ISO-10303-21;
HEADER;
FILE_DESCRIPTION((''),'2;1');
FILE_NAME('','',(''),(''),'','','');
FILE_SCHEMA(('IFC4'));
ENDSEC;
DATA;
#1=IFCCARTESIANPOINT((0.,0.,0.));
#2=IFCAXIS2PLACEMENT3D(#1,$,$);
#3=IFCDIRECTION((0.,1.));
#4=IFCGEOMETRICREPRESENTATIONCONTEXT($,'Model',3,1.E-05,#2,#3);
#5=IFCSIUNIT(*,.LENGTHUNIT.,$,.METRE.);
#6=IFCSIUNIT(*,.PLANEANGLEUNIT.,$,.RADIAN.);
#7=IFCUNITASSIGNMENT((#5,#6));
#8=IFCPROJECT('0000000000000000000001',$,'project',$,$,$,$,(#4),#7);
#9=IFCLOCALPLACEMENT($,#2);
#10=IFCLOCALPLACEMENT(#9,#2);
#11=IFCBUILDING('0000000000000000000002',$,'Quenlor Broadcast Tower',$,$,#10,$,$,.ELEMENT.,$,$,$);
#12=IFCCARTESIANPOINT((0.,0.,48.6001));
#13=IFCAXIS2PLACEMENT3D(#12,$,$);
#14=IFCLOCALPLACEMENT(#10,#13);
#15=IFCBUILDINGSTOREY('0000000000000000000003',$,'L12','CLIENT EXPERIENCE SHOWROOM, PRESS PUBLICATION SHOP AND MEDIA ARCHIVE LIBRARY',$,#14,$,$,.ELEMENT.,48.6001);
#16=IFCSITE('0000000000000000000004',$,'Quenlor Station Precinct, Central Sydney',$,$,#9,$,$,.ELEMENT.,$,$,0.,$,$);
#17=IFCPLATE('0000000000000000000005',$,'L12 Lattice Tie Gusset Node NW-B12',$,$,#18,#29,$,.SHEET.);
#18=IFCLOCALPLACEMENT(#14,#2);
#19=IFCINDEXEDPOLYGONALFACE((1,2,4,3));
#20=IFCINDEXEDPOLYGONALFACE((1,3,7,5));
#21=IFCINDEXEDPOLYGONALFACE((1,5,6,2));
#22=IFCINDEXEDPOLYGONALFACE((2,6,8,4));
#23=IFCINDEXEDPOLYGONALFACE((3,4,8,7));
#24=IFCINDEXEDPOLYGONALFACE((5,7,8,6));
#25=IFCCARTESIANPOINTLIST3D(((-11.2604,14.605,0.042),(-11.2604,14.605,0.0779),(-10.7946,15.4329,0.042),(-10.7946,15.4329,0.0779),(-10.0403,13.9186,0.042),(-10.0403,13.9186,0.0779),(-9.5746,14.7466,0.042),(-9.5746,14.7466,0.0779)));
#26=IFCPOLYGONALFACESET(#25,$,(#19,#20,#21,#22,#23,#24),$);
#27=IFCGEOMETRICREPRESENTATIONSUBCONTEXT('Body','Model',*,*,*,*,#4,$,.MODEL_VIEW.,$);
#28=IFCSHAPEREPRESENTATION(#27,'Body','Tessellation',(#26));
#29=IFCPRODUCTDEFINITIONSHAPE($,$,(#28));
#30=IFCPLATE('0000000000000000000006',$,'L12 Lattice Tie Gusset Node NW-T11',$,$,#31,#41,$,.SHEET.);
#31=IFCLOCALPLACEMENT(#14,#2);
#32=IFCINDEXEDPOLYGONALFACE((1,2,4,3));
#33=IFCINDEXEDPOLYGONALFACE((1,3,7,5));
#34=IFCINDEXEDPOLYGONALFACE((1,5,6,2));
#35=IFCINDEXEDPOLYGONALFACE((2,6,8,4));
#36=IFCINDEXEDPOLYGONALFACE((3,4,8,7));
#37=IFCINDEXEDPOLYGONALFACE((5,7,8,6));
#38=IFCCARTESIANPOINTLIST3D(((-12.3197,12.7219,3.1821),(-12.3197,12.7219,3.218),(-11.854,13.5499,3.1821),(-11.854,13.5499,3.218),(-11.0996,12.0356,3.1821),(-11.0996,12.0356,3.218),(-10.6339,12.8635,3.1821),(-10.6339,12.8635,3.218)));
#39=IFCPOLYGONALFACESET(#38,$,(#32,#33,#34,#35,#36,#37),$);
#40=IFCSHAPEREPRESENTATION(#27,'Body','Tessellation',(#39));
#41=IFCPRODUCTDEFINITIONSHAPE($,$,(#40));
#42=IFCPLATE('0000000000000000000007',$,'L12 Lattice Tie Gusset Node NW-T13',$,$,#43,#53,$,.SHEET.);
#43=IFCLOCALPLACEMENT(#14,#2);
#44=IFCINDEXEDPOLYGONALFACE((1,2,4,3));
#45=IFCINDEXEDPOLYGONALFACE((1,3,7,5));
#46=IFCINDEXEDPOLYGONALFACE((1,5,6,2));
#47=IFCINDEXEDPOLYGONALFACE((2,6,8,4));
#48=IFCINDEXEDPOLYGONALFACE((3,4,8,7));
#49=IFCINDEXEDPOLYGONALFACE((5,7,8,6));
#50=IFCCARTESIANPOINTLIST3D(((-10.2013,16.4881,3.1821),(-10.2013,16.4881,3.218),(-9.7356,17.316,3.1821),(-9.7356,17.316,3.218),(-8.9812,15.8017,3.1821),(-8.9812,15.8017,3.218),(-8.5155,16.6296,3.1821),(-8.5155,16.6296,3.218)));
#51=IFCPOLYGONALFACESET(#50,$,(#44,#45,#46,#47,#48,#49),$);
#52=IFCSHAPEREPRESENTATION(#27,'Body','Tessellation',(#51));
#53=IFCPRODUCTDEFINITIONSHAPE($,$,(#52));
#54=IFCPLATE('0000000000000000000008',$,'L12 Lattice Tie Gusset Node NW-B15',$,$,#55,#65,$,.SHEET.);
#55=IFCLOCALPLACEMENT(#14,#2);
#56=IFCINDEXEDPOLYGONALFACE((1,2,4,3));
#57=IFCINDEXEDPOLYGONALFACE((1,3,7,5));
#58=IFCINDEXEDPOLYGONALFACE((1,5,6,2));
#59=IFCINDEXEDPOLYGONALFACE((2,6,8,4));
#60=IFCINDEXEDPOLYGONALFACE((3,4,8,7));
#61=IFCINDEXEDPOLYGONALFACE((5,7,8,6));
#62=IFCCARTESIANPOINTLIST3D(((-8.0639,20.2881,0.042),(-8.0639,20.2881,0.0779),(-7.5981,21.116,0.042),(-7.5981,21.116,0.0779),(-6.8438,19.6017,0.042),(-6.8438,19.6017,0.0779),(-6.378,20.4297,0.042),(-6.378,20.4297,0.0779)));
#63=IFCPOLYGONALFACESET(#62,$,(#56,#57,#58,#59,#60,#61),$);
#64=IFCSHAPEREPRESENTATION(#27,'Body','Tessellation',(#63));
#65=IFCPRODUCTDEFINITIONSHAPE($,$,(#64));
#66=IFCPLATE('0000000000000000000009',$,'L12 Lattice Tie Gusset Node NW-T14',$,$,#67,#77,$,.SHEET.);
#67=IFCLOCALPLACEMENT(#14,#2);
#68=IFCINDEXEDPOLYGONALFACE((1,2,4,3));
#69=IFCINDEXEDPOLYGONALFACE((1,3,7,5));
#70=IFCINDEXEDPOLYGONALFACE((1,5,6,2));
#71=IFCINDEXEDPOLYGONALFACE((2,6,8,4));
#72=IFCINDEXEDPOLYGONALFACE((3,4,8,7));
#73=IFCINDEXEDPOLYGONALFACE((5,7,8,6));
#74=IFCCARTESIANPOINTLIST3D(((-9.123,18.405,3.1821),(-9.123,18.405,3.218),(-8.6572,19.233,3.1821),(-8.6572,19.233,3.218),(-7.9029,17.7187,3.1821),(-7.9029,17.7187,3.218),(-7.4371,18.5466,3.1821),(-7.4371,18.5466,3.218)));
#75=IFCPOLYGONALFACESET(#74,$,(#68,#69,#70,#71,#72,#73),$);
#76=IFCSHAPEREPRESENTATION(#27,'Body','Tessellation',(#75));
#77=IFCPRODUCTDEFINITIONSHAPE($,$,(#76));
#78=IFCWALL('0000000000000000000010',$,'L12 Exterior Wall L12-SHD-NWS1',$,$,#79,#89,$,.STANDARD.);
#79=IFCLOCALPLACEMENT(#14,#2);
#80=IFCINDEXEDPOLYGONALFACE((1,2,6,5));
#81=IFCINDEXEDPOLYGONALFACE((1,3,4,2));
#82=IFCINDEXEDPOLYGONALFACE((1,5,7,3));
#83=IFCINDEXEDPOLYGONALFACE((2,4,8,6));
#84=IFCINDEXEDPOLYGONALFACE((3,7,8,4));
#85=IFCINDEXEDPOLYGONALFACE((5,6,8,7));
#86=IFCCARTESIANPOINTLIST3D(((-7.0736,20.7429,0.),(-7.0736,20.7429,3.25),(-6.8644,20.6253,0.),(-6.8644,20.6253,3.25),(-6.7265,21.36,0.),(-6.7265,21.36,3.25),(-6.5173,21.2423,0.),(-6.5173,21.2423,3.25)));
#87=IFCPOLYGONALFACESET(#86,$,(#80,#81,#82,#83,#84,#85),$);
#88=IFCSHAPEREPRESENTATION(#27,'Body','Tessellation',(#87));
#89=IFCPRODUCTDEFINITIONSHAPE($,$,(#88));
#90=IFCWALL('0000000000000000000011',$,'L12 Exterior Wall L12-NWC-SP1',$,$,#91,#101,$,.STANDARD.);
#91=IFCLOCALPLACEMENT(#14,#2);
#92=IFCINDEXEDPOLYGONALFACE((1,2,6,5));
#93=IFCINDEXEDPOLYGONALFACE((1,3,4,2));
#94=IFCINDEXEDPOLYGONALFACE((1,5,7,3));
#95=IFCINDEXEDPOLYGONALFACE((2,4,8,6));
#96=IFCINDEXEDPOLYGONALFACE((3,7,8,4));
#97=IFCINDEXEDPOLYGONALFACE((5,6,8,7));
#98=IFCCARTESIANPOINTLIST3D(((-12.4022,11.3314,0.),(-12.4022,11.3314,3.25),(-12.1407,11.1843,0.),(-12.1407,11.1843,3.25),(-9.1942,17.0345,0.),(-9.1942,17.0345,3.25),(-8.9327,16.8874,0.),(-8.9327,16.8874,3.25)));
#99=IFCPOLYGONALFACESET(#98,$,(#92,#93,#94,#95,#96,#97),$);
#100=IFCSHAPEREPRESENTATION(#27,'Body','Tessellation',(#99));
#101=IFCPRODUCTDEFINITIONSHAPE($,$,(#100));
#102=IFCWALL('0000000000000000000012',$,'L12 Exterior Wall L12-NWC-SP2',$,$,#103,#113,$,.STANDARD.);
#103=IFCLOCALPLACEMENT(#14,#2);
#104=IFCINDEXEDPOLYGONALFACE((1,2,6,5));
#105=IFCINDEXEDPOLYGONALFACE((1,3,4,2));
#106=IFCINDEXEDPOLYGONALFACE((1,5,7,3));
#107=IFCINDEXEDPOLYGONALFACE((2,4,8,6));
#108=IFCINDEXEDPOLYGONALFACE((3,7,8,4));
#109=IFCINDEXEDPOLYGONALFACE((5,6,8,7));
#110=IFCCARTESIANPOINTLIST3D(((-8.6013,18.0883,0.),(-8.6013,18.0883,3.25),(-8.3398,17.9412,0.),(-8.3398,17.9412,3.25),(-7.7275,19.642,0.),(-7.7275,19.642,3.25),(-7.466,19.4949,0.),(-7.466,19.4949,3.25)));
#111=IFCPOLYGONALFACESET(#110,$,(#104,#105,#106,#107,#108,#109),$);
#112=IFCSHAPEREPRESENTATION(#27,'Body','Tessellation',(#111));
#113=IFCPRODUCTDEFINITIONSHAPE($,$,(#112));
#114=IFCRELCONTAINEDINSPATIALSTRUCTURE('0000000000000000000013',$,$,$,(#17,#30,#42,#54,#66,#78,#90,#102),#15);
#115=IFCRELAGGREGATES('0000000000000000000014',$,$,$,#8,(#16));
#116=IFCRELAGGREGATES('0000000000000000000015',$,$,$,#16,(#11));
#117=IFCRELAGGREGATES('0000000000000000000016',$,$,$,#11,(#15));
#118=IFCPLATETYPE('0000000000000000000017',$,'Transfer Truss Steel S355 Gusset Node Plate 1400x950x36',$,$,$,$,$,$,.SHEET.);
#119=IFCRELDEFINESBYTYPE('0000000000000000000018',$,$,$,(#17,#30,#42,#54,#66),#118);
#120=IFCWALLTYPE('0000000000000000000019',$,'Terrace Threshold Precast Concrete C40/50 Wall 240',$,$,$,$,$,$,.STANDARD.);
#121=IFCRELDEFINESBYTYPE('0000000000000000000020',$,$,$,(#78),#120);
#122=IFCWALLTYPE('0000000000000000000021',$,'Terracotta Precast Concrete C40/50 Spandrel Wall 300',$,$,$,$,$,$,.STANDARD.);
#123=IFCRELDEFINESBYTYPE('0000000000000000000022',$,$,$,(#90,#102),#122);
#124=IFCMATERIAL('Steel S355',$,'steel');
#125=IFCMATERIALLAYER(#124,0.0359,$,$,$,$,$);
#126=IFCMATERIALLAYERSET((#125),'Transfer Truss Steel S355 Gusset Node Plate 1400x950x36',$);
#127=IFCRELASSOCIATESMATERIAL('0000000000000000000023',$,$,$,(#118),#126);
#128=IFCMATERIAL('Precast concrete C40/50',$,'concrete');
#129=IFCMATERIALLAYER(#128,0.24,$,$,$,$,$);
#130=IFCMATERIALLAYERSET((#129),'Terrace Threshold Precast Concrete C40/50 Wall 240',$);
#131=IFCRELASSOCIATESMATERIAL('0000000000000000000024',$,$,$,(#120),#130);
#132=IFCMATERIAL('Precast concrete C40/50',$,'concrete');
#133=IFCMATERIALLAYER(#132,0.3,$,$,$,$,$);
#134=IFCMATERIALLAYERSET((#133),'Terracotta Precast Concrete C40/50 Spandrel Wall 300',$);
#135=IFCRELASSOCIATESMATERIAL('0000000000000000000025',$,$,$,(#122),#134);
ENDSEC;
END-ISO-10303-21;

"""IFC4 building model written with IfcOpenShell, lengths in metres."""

from ifc_helpers import new_model, si_unit, direction, frame, frame_2d, origin, origin_2d, place, context, subcontext, project, spatial, rectangle, extrude, material, layer, layer_set, type_object, element, save


model = new_model("IFC4")

# Units and contexts
model_context = context("Model", 3, precision=1e-05, world=origin(), true_north=direction((0.0, 1.0)))
body_context = subcontext(model_context, "Body", "Model", "MODEL_VIEW")
ifc_project = project(units=[si_unit("LENGTHUNIT", "METRE"), si_unit("PLANEANGLEUNIT", "RADIAN")], contexts=[model_context])

# Site, building, storey
site_placement = place(None, origin())
site = spatial("IfcSite", under=ifc_project, at=site_placement, Name="Quenlor Station Precinct, Central Sydney", CompositionType="ELEMENT", RefElevation=0.0)
building_placement = place(site_placement, origin())
building = spatial("IfcBuilding", under=site, at=building_placement, Name="Quenlor Broadcast Tower", CompositionType="ELEMENT")
storey_placement = place(building_placement, frame((0.0, 0.0, 48.6001)))
storey = spatial("IfcBuildingStorey", under=building, at=storey_placement, Name="L12", Description="CLIENT EXPERIENCE SHOWROOM, PRESS PUBLICATION SHOP AND MEDIA ARCHIVE LIBRARY", CompositionType="ELEMENT", Elevation=48.6001)

# Plates
ifc_material_1 = material(Name="Steel S355", Category="steel")
ifc_layer_1 = layer(ifc_material_1, 0.0359)
ifc_layer_set_1 = layer_set([ifc_layer_1], Name="Transfer Truss Steel S355 Gusset Node Plate 1400x950x36")
plate_type_1 = type_object("IfcPlateType", Name="Transfer Truss Steel S355 Gusset Node Plate 1400x950x36", PredefinedType="SHEET", material=ifc_layer_set_1)
for number, where, z_axis, x_axis, name in (
    (1, (-10.4175, 14.6758, 0.042), (0.0, 0.0, 1.0), (-0.871556, 0.490295, 0.0), "L12 Lattice Tie Gusset Node NW-B12"),
    (2, (-11.4768, 12.7927, 3.1821), (0.0, 0.0, 1.0), (-0.871556, 0.490295, 0.0), "L12 Lattice Tie Gusset Node NW-T11"),
    (3, (-9.3584, 16.5588, 3.1821), (0.0, 0.0, 1.0), (-0.871556, 0.490295, 0.0), "L12 Lattice Tie Gusset Node NW-T13"),
    (4, (-7.2209, 20.3589, 0.042), (0.0, 0.0, 1.0), (-0.871556, 0.490295, 0.0), "L12 Lattice Tie Gusset Node NW-B15"),
    (5, (-8.28, 18.4758, 3.1821), (0.0, 0.0, 1.0), (-0.871556, 0.490295, 0.0), "L12 Lattice Tie Gusset Node NW-T14"),
):
    element("IfcPlate", number, at=place(storey_placement, frame(where, z_axis=z_axis, x_axis=x_axis)), inside=storey, type_object=plate_type_1, Name=name, PredefinedType="SHEET", context=body_context, shape_type="SweptSolid", body=[
        extrude(rectangle(XDim=1.3999, YDim=0.95, at=origin_2d()), origin(), (0.0, 0.0, 1.0), 0.0359),
    ])

# Walls
ifc_material_2 = material(Name="Precast concrete C40/50", Category="concrete")
ifc_layer_2 = layer(ifc_material_2, 0.24)
ifc_layer_set_2 = layer_set([ifc_layer_2], Name="Terrace Threshold Precast Concrete C40/50 Wall 240")
wall_type_1 = type_object("IfcWallType", Name="Terrace Threshold Precast Concrete C40/50 Wall 240", PredefinedType="STANDARD", material=ifc_layer_set_2)
wall_1_placement = place(storey_placement, frame((-6.969, 20.6841, 0.0), z_axis=(0.0, 0.0, 1.0), x_axis=(0.490261, 0.871576, 0.0)))
element("IfcWall", 6, at=wall_1_placement, inside=storey, type_object=wall_type_1, Name="L12 Exterior Wall L12-SHD-NWS1", PredefinedType="STANDARD", context=body_context, shape_type="SweptSolid", body=[
    extrude(rectangle(XDim=0.708, YDim=0.24, at=frame_2d((0.354, 0.0))), origin(), (0.0, 0.0, 1.0), 3.25),
])
ifc_material_3 = material(Name="Precast concrete C40/50", Category="concrete")
ifc_layer_3 = layer(ifc_material_3, 0.3)
ifc_layer_set_3 = layer_set([ifc_layer_3], Name="Terracotta Precast Concrete C40/50 Spandrel Wall 300")
wall_type_2 = type_object("IfcWallType", Name="Terracotta Precast Concrete C40/50 Spandrel Wall 300", PredefinedType="STANDARD", material=ifc_layer_set_3)
wall_2_placement = place(storey_placement, frame((-12.2715, 11.2578, 0.0), z_axis=(0.0, 0.0, 1.0), x_axis=(0.490261, 0.871576, 0.0)))
element("IfcWall", 7, at=wall_2_placement, inside=storey, type_object=wall_type_2, Name="L12 Exterior Wall L12-NWC-SP1", PredefinedType="STANDARD", context=body_context, shape_type="SweptSolid", body=[
    extrude(rectangle(XDim=6.5435, YDim=0.3, at=frame_2d((3.2717, 0.0))), origin(), (0.0, 0.0, 1.0), 3.25),
])
wall_3_placement = place(storey_placement, frame((-8.4705, 18.0149, 0.0), z_axis=(0.0, 0.0, 1.0), x_axis=(0.490183, 0.871619, 0.0)))
element("IfcWall", 8, at=wall_3_placement, inside=storey, type_object=wall_type_2, Name="L12 Exterior Wall L12-NWC-SP2", PredefinedType="STANDARD", context=body_context, shape_type="SweptSolid", body=[
    extrude(rectangle(XDim=1.7825, YDim=0.3, at=frame_2d((0.8911, 0.0))), origin(), (0.0, 0.0, 1.0), 3.25),
])

save(model, "model.ifc")
